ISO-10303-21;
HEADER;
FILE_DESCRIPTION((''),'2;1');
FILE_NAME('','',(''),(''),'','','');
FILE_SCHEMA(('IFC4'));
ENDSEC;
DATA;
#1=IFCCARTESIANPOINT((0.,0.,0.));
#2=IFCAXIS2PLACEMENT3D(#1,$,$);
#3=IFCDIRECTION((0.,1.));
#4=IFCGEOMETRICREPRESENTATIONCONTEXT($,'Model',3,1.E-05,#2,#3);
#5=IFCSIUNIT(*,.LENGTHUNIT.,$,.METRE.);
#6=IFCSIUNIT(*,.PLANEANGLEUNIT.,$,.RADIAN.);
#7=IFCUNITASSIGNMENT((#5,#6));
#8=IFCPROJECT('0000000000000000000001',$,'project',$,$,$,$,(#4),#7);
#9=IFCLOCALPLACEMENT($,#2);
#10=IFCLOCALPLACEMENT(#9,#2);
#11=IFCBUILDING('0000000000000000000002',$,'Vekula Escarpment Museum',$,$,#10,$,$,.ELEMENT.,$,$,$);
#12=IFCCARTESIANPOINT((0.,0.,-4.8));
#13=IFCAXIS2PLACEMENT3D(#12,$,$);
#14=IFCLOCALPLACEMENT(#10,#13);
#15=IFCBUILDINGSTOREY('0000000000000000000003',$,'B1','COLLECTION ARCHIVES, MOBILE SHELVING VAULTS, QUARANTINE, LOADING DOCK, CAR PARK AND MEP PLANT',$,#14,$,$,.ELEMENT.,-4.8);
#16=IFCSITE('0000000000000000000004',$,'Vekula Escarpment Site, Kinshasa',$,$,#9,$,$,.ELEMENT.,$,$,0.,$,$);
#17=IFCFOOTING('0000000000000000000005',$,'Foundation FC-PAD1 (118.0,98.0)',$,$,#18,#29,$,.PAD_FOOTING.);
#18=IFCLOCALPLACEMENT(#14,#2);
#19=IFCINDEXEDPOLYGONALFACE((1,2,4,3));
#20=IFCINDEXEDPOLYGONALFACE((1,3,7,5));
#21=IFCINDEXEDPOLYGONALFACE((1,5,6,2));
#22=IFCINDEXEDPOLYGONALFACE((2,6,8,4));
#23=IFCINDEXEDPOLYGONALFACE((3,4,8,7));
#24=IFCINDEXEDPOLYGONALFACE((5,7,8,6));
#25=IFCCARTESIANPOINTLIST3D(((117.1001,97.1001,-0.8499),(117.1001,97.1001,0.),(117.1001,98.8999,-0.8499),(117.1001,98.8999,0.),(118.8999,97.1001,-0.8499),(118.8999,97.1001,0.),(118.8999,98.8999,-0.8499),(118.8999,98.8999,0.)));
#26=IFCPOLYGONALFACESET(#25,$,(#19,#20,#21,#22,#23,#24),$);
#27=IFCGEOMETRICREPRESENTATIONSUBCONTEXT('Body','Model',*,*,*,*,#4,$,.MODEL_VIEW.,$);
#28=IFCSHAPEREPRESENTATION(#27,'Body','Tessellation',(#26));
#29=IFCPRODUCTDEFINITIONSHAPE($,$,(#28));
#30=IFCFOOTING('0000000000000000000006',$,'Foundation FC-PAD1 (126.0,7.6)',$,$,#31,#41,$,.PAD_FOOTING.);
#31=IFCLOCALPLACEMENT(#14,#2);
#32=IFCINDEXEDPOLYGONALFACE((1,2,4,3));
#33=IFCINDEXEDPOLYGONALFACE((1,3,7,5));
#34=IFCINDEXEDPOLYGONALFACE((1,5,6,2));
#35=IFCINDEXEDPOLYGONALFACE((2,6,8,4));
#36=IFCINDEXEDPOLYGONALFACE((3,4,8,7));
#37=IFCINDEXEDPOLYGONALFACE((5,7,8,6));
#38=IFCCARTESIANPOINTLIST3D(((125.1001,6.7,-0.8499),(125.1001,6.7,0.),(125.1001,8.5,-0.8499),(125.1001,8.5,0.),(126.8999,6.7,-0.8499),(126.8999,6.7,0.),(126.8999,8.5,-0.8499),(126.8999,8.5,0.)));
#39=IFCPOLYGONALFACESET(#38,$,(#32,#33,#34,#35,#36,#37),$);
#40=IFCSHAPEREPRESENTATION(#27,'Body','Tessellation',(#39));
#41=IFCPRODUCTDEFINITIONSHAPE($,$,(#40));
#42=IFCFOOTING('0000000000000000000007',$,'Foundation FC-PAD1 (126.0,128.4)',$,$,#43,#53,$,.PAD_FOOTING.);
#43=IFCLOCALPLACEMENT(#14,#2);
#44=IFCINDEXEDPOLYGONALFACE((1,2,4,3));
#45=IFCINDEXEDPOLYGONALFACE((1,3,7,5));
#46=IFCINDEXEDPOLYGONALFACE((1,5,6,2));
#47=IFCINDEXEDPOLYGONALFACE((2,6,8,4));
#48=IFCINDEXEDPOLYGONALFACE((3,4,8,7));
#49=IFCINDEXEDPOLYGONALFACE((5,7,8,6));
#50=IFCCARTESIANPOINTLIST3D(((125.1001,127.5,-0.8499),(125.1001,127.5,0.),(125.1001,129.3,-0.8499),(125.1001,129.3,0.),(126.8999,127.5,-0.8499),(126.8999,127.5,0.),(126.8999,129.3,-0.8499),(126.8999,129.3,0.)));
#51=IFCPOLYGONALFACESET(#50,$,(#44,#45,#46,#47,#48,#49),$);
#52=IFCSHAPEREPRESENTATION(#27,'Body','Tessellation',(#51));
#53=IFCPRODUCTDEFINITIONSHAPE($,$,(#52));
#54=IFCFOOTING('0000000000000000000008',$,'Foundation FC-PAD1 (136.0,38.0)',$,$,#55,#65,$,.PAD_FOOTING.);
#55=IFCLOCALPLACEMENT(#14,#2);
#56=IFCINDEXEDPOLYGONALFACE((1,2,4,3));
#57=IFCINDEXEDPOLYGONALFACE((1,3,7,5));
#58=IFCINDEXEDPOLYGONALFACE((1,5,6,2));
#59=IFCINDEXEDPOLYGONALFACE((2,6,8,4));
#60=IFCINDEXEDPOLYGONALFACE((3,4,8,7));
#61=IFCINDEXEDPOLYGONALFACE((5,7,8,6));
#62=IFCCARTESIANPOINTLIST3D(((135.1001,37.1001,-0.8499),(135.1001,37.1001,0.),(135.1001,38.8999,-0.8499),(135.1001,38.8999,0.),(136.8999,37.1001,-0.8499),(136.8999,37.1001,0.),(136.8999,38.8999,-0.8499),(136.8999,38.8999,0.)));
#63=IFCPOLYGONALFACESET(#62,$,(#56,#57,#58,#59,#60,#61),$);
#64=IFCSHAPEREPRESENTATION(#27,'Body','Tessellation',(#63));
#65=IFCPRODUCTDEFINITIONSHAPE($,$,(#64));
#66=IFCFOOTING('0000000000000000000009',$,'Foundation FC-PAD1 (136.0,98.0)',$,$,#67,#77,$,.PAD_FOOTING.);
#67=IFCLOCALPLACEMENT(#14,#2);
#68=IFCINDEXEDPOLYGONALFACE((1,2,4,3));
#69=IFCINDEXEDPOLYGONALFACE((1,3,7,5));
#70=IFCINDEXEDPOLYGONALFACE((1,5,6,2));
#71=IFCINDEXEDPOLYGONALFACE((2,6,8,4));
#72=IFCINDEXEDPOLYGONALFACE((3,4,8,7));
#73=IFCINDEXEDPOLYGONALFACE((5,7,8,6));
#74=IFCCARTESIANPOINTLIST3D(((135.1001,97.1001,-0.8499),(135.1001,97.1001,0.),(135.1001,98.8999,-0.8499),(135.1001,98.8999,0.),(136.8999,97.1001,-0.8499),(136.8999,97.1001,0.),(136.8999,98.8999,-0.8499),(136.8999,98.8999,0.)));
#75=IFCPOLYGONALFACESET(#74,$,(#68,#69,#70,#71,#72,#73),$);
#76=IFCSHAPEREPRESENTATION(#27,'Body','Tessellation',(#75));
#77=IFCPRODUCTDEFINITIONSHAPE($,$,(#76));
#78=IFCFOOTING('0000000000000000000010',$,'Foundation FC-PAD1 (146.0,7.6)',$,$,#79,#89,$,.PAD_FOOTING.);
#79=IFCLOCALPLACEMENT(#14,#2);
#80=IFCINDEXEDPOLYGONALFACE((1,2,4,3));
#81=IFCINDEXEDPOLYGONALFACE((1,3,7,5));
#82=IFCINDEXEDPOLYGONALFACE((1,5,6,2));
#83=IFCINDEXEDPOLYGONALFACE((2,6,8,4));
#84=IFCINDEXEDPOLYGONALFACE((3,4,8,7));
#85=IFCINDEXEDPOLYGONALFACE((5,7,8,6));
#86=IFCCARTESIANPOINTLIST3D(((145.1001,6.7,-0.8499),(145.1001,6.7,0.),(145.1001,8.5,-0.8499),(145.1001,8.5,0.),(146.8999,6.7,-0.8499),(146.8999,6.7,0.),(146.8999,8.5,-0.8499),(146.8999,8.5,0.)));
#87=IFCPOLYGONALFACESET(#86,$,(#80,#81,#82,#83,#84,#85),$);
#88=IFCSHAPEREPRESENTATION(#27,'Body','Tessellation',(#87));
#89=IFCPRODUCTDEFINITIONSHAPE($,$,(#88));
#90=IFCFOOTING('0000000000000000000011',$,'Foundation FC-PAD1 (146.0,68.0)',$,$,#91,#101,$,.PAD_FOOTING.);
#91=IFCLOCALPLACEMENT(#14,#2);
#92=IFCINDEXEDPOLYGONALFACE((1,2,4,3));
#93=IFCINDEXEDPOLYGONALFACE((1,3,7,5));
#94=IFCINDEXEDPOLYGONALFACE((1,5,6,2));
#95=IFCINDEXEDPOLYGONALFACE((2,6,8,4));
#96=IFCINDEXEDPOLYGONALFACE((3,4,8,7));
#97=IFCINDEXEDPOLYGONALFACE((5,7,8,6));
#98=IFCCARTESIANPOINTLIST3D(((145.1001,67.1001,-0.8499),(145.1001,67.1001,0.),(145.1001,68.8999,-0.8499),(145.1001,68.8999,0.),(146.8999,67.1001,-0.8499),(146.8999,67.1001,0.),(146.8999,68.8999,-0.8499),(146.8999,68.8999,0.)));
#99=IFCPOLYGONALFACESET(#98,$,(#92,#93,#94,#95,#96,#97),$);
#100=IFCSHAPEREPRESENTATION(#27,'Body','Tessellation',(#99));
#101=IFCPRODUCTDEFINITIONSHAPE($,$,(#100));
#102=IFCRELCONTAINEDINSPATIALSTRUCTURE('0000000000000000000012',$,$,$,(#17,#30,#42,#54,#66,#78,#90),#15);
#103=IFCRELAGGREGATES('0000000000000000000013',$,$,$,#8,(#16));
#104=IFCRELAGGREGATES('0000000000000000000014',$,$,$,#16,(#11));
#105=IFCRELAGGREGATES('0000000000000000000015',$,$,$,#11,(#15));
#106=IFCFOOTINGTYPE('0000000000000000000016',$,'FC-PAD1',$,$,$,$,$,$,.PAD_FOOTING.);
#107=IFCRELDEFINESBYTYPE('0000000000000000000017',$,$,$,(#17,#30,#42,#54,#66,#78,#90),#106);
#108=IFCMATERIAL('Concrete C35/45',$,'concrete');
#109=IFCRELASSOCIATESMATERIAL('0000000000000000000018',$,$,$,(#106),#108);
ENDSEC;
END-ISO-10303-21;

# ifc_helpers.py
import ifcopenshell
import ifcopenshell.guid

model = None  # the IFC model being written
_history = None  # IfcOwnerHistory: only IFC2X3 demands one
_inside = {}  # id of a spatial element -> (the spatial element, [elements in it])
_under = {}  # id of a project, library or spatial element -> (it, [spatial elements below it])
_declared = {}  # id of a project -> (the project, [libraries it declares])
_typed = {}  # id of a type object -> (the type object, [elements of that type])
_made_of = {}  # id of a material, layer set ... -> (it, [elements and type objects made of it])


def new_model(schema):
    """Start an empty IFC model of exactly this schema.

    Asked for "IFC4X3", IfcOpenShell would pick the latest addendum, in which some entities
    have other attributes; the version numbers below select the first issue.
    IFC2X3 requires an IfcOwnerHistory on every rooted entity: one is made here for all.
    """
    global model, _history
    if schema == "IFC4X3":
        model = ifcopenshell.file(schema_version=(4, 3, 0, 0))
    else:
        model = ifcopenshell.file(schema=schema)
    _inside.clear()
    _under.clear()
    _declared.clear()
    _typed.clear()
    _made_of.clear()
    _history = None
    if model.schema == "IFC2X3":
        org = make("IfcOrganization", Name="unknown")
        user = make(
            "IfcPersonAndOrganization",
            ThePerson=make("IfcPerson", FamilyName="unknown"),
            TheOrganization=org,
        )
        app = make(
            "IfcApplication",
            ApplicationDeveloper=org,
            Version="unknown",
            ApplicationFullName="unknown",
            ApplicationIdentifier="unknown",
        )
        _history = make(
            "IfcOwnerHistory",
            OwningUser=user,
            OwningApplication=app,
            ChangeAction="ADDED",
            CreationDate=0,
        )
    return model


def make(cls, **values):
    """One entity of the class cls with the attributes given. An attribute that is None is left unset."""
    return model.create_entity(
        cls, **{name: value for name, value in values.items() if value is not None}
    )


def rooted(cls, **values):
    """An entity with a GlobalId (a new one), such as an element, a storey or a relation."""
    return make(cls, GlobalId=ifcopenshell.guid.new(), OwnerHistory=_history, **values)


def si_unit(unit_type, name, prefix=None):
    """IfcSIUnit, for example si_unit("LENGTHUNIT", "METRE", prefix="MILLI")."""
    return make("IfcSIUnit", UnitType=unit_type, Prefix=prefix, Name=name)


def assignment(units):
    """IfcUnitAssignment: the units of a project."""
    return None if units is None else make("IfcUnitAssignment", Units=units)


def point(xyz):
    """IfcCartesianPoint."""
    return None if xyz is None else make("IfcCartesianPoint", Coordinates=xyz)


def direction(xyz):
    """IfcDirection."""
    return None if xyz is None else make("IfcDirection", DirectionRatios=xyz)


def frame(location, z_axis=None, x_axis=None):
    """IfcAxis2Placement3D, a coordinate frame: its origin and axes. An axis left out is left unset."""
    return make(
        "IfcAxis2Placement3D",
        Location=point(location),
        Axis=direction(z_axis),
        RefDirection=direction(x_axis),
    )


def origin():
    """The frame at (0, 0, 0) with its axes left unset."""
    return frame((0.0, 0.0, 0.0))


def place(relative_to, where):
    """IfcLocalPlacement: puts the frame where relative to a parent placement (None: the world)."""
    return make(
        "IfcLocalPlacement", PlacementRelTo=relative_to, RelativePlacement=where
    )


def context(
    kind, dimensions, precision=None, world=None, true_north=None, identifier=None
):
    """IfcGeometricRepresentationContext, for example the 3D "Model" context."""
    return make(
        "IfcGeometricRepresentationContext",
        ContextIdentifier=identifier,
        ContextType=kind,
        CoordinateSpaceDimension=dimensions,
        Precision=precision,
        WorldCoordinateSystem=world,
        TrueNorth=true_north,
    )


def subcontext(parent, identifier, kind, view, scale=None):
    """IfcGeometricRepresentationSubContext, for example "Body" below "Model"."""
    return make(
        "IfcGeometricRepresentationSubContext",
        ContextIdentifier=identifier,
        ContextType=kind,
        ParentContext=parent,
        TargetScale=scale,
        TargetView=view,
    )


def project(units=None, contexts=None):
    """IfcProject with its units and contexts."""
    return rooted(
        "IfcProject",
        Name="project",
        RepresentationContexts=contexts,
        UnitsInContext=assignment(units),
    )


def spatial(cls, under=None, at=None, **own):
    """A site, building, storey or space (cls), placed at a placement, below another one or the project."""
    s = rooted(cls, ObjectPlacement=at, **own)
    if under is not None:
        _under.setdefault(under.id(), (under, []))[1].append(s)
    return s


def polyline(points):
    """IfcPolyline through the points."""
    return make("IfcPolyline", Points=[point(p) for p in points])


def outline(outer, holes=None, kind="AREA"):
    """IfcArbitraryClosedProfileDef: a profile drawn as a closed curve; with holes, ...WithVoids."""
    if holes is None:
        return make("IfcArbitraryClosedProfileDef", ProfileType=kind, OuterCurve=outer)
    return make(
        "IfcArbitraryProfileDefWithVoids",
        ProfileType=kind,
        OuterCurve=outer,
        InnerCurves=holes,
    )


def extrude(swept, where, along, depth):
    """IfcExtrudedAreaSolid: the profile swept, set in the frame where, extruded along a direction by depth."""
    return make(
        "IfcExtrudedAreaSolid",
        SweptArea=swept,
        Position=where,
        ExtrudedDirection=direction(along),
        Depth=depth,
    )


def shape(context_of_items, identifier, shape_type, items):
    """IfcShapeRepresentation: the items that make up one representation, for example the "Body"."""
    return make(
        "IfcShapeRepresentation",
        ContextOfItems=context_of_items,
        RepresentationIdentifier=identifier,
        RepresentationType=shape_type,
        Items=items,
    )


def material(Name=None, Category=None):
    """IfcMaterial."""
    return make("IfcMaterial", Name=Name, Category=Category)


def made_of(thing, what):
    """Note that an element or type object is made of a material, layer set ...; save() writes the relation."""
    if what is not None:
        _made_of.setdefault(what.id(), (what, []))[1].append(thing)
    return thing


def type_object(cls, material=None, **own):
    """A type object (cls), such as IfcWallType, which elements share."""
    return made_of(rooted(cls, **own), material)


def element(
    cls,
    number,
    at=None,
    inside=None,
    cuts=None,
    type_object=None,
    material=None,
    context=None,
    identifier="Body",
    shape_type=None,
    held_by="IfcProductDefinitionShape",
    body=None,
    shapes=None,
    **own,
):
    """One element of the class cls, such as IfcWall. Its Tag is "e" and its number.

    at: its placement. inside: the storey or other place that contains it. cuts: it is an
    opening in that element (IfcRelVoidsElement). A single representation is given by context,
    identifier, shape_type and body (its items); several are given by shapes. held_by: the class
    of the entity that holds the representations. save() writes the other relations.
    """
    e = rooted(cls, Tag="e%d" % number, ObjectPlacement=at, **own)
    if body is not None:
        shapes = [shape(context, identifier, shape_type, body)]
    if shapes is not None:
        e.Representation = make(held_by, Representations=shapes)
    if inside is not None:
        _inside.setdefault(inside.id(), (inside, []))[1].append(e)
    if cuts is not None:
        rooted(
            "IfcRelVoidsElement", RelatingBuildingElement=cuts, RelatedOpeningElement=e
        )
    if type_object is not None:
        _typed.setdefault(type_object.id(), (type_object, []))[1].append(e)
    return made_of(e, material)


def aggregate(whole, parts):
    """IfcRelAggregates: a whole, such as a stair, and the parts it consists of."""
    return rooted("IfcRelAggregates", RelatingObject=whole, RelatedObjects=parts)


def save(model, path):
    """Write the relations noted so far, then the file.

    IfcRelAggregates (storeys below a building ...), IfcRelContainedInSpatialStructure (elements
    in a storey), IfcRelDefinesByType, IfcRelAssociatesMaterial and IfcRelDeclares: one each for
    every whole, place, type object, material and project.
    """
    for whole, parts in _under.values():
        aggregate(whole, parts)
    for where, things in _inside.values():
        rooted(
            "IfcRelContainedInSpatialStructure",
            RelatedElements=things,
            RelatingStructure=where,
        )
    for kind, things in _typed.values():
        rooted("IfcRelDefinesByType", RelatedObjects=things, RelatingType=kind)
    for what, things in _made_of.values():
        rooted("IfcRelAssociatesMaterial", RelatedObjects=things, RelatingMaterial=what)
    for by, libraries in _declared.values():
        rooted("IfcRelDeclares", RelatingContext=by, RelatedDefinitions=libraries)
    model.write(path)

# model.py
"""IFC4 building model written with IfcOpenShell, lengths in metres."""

from ifc_helpers import new_model, si_unit, direction, frame, origin, place, context, subcontext, project, spatial, polyline, outline, extrude, material, type_object, element, save


model = new_model("IFC4")

# Units and contexts
model_context = context("Model", 3, precision=1e-05, world=origin(), true_north=direction((0.0, 1.0)))
body_context = subcontext(model_context, "Body", "Model", "MODEL_VIEW")
ifc_project = project(units=[si_unit("LENGTHUNIT", "METRE"), si_unit("PLANEANGLEUNIT", "RADIAN")], contexts=[model_context])

# Site, building, storey
site_placement = place(None, origin())
site = spatial("IfcSite", under=ifc_project, at=site_placement, Name="Vekula Escarpment Site, Kinshasa", CompositionType="ELEMENT", RefElevation=0.0)
building_placement = place(site_placement, origin())
building = spatial("IfcBuilding", under=site, at=building_placement, Name="Vekula Escarpment Museum", CompositionType="ELEMENT")
storey_placement = place(building_placement, frame((0.0, 0.0, -4.8)))
storey = spatial("IfcBuildingStorey", under=building, at=storey_placement, Name="B1", Description="COLLECTION ARCHIVES, MOBILE SHELVING VAULTS, QUARANTINE, LOADING DOCK, CAR PARK AND MEP PLANT", CompositionType="ELEMENT", Elevation=-4.8)

# Footings
ifc_material = material(Name="Concrete C35/45", Category="concrete")
footing_type = type_object("IfcFootingType", Name="FC-PAD1", PredefinedType="PAD_FOOTING", material=ifc_material)
footing_1_placement = place(storey_placement, frame((0.0, 0.0, -0.8499)))
element("IfcFooting", 1, at=footing_1_placement, inside=storey, type_object=footing_type, Name="Foundation FC-PAD1 (118.0,98.0)", PredefinedType="PAD_FOOTING", context=body_context, shape_type="SweptSolid", body=[
    extrude(outline(polyline([(117.1001, 97.1001), (118.8999, 97.1001), (118.8999, 98.8999), (117.1001, 98.8999), (117.1001, 97.1001)])), origin(), (0.0, 0.0, 1.0), 0.8499),
])
footing_2_placement = place(storey_placement, frame((0.0, 0.0, -0.8499)))
element("IfcFooting", 2, at=footing_2_placement, inside=storey, type_object=footing_type, Name="Foundation FC-PAD1 (126.0,7.6)", PredefinedType="PAD_FOOTING", context=body_context, shape_type="SweptSolid", body=[
    extrude(outline(polyline([(125.1001, 6.7), (126.8999, 6.7), (126.8999, 8.5), (125.1001, 8.5), (125.1001, 6.7)])), origin(), (0.0, 0.0, 1.0), 0.8499),
])
footing_3_placement = place(storey_placement, frame((0.0, 0.0, -0.8499)))
element("IfcFooting", 3, at=footing_3_placement, inside=storey, type_object=footing_type, Name="Foundation FC-PAD1 (126.0,128.4)", PredefinedType="PAD_FOOTING", context=body_context, shape_type="SweptSolid", body=[
    extrude(outline(polyline([(125.1001, 127.5), (126.8999, 127.5), (126.8999, 129.3), (125.1001, 129.3), (125.1001, 127.5)])), origin(), (0.0, 0.0, 1.0), 0.8499),
])
footing_4_placement = place(storey_placement, frame((0.0, 0.0, -0.8499)))
element("IfcFooting", 4, at=footing_4_placement, inside=storey, type_object=footing_type, Name="Foundation FC-PAD1 (136.0,38.0)", PredefinedType="PAD_FOOTING", context=body_context, shape_type="SweptSolid", body=[
    extrude(outline(polyline([(135.1001, 37.1001), (136.8999, 37.1001), (136.8999, 38.8999), (135.1001, 38.8999), (135.1001, 37.1001)])), origin(), (0.0, 0.0, 1.0), 0.8499),
])
footing_5_placement = place(storey_placement, frame((0.0, 0.0, -0.8499)))
element("IfcFooting", 5, at=footing_5_placement, inside=storey, type_object=footing_type, Name="Foundation FC-PAD1 (136.0,98.0)", PredefinedType="PAD_FOOTING", context=body_context, shape_type="SweptSolid", body=[
    extrude(outline(polyline([(135.1001, 97.1001), (136.8999, 97.1001), (136.8999, 98.8999), (135.1001, 98.8999), (135.1001, 97.1001)])), origin(), (0.0, 0.0, 1.0), 0.8499),
])
footing_6_placement = place(storey_placement, frame((0.0, 0.0, -0.8499)))
element("IfcFooting", 6, at=footing_6_placement, inside=storey, type_object=footing_type, Name="Foundation FC-PAD1 (146.0,7.6)", PredefinedType="PAD_FOOTING", context=body_context, shape_type="SweptSolid", body=[
    extrude(outline(polyline([(145.1001, 6.7), (146.8999, 6.7), (146.8999, 8.5), (145.1001, 8.5), (145.1001, 6.7)])), origin(), (0.0, 0.0, 1.0), 0.8499),
])
footing_7_placement = place(storey_placement, frame((0.0, 0.0, -0.8499)))
element("IfcFooting", 7, at=footing_7_placement, inside=storey, type_object=footing_type, Name="Foundation FC-PAD1 (146.0,68.0)", PredefinedType="PAD_FOOTING", context=body_context, shape_type="SweptSolid", body=[
    extrude(outline(polyline([(145.1001, 67.1001), (146.8999, 67.1001), (146.8999, 68.8999), (145.1001, 68.8999), (145.1001, 67.1001)])), origin(), (0.0, 0.0, 1.0), 0.8499),
])

save(model, "model.ifc")
